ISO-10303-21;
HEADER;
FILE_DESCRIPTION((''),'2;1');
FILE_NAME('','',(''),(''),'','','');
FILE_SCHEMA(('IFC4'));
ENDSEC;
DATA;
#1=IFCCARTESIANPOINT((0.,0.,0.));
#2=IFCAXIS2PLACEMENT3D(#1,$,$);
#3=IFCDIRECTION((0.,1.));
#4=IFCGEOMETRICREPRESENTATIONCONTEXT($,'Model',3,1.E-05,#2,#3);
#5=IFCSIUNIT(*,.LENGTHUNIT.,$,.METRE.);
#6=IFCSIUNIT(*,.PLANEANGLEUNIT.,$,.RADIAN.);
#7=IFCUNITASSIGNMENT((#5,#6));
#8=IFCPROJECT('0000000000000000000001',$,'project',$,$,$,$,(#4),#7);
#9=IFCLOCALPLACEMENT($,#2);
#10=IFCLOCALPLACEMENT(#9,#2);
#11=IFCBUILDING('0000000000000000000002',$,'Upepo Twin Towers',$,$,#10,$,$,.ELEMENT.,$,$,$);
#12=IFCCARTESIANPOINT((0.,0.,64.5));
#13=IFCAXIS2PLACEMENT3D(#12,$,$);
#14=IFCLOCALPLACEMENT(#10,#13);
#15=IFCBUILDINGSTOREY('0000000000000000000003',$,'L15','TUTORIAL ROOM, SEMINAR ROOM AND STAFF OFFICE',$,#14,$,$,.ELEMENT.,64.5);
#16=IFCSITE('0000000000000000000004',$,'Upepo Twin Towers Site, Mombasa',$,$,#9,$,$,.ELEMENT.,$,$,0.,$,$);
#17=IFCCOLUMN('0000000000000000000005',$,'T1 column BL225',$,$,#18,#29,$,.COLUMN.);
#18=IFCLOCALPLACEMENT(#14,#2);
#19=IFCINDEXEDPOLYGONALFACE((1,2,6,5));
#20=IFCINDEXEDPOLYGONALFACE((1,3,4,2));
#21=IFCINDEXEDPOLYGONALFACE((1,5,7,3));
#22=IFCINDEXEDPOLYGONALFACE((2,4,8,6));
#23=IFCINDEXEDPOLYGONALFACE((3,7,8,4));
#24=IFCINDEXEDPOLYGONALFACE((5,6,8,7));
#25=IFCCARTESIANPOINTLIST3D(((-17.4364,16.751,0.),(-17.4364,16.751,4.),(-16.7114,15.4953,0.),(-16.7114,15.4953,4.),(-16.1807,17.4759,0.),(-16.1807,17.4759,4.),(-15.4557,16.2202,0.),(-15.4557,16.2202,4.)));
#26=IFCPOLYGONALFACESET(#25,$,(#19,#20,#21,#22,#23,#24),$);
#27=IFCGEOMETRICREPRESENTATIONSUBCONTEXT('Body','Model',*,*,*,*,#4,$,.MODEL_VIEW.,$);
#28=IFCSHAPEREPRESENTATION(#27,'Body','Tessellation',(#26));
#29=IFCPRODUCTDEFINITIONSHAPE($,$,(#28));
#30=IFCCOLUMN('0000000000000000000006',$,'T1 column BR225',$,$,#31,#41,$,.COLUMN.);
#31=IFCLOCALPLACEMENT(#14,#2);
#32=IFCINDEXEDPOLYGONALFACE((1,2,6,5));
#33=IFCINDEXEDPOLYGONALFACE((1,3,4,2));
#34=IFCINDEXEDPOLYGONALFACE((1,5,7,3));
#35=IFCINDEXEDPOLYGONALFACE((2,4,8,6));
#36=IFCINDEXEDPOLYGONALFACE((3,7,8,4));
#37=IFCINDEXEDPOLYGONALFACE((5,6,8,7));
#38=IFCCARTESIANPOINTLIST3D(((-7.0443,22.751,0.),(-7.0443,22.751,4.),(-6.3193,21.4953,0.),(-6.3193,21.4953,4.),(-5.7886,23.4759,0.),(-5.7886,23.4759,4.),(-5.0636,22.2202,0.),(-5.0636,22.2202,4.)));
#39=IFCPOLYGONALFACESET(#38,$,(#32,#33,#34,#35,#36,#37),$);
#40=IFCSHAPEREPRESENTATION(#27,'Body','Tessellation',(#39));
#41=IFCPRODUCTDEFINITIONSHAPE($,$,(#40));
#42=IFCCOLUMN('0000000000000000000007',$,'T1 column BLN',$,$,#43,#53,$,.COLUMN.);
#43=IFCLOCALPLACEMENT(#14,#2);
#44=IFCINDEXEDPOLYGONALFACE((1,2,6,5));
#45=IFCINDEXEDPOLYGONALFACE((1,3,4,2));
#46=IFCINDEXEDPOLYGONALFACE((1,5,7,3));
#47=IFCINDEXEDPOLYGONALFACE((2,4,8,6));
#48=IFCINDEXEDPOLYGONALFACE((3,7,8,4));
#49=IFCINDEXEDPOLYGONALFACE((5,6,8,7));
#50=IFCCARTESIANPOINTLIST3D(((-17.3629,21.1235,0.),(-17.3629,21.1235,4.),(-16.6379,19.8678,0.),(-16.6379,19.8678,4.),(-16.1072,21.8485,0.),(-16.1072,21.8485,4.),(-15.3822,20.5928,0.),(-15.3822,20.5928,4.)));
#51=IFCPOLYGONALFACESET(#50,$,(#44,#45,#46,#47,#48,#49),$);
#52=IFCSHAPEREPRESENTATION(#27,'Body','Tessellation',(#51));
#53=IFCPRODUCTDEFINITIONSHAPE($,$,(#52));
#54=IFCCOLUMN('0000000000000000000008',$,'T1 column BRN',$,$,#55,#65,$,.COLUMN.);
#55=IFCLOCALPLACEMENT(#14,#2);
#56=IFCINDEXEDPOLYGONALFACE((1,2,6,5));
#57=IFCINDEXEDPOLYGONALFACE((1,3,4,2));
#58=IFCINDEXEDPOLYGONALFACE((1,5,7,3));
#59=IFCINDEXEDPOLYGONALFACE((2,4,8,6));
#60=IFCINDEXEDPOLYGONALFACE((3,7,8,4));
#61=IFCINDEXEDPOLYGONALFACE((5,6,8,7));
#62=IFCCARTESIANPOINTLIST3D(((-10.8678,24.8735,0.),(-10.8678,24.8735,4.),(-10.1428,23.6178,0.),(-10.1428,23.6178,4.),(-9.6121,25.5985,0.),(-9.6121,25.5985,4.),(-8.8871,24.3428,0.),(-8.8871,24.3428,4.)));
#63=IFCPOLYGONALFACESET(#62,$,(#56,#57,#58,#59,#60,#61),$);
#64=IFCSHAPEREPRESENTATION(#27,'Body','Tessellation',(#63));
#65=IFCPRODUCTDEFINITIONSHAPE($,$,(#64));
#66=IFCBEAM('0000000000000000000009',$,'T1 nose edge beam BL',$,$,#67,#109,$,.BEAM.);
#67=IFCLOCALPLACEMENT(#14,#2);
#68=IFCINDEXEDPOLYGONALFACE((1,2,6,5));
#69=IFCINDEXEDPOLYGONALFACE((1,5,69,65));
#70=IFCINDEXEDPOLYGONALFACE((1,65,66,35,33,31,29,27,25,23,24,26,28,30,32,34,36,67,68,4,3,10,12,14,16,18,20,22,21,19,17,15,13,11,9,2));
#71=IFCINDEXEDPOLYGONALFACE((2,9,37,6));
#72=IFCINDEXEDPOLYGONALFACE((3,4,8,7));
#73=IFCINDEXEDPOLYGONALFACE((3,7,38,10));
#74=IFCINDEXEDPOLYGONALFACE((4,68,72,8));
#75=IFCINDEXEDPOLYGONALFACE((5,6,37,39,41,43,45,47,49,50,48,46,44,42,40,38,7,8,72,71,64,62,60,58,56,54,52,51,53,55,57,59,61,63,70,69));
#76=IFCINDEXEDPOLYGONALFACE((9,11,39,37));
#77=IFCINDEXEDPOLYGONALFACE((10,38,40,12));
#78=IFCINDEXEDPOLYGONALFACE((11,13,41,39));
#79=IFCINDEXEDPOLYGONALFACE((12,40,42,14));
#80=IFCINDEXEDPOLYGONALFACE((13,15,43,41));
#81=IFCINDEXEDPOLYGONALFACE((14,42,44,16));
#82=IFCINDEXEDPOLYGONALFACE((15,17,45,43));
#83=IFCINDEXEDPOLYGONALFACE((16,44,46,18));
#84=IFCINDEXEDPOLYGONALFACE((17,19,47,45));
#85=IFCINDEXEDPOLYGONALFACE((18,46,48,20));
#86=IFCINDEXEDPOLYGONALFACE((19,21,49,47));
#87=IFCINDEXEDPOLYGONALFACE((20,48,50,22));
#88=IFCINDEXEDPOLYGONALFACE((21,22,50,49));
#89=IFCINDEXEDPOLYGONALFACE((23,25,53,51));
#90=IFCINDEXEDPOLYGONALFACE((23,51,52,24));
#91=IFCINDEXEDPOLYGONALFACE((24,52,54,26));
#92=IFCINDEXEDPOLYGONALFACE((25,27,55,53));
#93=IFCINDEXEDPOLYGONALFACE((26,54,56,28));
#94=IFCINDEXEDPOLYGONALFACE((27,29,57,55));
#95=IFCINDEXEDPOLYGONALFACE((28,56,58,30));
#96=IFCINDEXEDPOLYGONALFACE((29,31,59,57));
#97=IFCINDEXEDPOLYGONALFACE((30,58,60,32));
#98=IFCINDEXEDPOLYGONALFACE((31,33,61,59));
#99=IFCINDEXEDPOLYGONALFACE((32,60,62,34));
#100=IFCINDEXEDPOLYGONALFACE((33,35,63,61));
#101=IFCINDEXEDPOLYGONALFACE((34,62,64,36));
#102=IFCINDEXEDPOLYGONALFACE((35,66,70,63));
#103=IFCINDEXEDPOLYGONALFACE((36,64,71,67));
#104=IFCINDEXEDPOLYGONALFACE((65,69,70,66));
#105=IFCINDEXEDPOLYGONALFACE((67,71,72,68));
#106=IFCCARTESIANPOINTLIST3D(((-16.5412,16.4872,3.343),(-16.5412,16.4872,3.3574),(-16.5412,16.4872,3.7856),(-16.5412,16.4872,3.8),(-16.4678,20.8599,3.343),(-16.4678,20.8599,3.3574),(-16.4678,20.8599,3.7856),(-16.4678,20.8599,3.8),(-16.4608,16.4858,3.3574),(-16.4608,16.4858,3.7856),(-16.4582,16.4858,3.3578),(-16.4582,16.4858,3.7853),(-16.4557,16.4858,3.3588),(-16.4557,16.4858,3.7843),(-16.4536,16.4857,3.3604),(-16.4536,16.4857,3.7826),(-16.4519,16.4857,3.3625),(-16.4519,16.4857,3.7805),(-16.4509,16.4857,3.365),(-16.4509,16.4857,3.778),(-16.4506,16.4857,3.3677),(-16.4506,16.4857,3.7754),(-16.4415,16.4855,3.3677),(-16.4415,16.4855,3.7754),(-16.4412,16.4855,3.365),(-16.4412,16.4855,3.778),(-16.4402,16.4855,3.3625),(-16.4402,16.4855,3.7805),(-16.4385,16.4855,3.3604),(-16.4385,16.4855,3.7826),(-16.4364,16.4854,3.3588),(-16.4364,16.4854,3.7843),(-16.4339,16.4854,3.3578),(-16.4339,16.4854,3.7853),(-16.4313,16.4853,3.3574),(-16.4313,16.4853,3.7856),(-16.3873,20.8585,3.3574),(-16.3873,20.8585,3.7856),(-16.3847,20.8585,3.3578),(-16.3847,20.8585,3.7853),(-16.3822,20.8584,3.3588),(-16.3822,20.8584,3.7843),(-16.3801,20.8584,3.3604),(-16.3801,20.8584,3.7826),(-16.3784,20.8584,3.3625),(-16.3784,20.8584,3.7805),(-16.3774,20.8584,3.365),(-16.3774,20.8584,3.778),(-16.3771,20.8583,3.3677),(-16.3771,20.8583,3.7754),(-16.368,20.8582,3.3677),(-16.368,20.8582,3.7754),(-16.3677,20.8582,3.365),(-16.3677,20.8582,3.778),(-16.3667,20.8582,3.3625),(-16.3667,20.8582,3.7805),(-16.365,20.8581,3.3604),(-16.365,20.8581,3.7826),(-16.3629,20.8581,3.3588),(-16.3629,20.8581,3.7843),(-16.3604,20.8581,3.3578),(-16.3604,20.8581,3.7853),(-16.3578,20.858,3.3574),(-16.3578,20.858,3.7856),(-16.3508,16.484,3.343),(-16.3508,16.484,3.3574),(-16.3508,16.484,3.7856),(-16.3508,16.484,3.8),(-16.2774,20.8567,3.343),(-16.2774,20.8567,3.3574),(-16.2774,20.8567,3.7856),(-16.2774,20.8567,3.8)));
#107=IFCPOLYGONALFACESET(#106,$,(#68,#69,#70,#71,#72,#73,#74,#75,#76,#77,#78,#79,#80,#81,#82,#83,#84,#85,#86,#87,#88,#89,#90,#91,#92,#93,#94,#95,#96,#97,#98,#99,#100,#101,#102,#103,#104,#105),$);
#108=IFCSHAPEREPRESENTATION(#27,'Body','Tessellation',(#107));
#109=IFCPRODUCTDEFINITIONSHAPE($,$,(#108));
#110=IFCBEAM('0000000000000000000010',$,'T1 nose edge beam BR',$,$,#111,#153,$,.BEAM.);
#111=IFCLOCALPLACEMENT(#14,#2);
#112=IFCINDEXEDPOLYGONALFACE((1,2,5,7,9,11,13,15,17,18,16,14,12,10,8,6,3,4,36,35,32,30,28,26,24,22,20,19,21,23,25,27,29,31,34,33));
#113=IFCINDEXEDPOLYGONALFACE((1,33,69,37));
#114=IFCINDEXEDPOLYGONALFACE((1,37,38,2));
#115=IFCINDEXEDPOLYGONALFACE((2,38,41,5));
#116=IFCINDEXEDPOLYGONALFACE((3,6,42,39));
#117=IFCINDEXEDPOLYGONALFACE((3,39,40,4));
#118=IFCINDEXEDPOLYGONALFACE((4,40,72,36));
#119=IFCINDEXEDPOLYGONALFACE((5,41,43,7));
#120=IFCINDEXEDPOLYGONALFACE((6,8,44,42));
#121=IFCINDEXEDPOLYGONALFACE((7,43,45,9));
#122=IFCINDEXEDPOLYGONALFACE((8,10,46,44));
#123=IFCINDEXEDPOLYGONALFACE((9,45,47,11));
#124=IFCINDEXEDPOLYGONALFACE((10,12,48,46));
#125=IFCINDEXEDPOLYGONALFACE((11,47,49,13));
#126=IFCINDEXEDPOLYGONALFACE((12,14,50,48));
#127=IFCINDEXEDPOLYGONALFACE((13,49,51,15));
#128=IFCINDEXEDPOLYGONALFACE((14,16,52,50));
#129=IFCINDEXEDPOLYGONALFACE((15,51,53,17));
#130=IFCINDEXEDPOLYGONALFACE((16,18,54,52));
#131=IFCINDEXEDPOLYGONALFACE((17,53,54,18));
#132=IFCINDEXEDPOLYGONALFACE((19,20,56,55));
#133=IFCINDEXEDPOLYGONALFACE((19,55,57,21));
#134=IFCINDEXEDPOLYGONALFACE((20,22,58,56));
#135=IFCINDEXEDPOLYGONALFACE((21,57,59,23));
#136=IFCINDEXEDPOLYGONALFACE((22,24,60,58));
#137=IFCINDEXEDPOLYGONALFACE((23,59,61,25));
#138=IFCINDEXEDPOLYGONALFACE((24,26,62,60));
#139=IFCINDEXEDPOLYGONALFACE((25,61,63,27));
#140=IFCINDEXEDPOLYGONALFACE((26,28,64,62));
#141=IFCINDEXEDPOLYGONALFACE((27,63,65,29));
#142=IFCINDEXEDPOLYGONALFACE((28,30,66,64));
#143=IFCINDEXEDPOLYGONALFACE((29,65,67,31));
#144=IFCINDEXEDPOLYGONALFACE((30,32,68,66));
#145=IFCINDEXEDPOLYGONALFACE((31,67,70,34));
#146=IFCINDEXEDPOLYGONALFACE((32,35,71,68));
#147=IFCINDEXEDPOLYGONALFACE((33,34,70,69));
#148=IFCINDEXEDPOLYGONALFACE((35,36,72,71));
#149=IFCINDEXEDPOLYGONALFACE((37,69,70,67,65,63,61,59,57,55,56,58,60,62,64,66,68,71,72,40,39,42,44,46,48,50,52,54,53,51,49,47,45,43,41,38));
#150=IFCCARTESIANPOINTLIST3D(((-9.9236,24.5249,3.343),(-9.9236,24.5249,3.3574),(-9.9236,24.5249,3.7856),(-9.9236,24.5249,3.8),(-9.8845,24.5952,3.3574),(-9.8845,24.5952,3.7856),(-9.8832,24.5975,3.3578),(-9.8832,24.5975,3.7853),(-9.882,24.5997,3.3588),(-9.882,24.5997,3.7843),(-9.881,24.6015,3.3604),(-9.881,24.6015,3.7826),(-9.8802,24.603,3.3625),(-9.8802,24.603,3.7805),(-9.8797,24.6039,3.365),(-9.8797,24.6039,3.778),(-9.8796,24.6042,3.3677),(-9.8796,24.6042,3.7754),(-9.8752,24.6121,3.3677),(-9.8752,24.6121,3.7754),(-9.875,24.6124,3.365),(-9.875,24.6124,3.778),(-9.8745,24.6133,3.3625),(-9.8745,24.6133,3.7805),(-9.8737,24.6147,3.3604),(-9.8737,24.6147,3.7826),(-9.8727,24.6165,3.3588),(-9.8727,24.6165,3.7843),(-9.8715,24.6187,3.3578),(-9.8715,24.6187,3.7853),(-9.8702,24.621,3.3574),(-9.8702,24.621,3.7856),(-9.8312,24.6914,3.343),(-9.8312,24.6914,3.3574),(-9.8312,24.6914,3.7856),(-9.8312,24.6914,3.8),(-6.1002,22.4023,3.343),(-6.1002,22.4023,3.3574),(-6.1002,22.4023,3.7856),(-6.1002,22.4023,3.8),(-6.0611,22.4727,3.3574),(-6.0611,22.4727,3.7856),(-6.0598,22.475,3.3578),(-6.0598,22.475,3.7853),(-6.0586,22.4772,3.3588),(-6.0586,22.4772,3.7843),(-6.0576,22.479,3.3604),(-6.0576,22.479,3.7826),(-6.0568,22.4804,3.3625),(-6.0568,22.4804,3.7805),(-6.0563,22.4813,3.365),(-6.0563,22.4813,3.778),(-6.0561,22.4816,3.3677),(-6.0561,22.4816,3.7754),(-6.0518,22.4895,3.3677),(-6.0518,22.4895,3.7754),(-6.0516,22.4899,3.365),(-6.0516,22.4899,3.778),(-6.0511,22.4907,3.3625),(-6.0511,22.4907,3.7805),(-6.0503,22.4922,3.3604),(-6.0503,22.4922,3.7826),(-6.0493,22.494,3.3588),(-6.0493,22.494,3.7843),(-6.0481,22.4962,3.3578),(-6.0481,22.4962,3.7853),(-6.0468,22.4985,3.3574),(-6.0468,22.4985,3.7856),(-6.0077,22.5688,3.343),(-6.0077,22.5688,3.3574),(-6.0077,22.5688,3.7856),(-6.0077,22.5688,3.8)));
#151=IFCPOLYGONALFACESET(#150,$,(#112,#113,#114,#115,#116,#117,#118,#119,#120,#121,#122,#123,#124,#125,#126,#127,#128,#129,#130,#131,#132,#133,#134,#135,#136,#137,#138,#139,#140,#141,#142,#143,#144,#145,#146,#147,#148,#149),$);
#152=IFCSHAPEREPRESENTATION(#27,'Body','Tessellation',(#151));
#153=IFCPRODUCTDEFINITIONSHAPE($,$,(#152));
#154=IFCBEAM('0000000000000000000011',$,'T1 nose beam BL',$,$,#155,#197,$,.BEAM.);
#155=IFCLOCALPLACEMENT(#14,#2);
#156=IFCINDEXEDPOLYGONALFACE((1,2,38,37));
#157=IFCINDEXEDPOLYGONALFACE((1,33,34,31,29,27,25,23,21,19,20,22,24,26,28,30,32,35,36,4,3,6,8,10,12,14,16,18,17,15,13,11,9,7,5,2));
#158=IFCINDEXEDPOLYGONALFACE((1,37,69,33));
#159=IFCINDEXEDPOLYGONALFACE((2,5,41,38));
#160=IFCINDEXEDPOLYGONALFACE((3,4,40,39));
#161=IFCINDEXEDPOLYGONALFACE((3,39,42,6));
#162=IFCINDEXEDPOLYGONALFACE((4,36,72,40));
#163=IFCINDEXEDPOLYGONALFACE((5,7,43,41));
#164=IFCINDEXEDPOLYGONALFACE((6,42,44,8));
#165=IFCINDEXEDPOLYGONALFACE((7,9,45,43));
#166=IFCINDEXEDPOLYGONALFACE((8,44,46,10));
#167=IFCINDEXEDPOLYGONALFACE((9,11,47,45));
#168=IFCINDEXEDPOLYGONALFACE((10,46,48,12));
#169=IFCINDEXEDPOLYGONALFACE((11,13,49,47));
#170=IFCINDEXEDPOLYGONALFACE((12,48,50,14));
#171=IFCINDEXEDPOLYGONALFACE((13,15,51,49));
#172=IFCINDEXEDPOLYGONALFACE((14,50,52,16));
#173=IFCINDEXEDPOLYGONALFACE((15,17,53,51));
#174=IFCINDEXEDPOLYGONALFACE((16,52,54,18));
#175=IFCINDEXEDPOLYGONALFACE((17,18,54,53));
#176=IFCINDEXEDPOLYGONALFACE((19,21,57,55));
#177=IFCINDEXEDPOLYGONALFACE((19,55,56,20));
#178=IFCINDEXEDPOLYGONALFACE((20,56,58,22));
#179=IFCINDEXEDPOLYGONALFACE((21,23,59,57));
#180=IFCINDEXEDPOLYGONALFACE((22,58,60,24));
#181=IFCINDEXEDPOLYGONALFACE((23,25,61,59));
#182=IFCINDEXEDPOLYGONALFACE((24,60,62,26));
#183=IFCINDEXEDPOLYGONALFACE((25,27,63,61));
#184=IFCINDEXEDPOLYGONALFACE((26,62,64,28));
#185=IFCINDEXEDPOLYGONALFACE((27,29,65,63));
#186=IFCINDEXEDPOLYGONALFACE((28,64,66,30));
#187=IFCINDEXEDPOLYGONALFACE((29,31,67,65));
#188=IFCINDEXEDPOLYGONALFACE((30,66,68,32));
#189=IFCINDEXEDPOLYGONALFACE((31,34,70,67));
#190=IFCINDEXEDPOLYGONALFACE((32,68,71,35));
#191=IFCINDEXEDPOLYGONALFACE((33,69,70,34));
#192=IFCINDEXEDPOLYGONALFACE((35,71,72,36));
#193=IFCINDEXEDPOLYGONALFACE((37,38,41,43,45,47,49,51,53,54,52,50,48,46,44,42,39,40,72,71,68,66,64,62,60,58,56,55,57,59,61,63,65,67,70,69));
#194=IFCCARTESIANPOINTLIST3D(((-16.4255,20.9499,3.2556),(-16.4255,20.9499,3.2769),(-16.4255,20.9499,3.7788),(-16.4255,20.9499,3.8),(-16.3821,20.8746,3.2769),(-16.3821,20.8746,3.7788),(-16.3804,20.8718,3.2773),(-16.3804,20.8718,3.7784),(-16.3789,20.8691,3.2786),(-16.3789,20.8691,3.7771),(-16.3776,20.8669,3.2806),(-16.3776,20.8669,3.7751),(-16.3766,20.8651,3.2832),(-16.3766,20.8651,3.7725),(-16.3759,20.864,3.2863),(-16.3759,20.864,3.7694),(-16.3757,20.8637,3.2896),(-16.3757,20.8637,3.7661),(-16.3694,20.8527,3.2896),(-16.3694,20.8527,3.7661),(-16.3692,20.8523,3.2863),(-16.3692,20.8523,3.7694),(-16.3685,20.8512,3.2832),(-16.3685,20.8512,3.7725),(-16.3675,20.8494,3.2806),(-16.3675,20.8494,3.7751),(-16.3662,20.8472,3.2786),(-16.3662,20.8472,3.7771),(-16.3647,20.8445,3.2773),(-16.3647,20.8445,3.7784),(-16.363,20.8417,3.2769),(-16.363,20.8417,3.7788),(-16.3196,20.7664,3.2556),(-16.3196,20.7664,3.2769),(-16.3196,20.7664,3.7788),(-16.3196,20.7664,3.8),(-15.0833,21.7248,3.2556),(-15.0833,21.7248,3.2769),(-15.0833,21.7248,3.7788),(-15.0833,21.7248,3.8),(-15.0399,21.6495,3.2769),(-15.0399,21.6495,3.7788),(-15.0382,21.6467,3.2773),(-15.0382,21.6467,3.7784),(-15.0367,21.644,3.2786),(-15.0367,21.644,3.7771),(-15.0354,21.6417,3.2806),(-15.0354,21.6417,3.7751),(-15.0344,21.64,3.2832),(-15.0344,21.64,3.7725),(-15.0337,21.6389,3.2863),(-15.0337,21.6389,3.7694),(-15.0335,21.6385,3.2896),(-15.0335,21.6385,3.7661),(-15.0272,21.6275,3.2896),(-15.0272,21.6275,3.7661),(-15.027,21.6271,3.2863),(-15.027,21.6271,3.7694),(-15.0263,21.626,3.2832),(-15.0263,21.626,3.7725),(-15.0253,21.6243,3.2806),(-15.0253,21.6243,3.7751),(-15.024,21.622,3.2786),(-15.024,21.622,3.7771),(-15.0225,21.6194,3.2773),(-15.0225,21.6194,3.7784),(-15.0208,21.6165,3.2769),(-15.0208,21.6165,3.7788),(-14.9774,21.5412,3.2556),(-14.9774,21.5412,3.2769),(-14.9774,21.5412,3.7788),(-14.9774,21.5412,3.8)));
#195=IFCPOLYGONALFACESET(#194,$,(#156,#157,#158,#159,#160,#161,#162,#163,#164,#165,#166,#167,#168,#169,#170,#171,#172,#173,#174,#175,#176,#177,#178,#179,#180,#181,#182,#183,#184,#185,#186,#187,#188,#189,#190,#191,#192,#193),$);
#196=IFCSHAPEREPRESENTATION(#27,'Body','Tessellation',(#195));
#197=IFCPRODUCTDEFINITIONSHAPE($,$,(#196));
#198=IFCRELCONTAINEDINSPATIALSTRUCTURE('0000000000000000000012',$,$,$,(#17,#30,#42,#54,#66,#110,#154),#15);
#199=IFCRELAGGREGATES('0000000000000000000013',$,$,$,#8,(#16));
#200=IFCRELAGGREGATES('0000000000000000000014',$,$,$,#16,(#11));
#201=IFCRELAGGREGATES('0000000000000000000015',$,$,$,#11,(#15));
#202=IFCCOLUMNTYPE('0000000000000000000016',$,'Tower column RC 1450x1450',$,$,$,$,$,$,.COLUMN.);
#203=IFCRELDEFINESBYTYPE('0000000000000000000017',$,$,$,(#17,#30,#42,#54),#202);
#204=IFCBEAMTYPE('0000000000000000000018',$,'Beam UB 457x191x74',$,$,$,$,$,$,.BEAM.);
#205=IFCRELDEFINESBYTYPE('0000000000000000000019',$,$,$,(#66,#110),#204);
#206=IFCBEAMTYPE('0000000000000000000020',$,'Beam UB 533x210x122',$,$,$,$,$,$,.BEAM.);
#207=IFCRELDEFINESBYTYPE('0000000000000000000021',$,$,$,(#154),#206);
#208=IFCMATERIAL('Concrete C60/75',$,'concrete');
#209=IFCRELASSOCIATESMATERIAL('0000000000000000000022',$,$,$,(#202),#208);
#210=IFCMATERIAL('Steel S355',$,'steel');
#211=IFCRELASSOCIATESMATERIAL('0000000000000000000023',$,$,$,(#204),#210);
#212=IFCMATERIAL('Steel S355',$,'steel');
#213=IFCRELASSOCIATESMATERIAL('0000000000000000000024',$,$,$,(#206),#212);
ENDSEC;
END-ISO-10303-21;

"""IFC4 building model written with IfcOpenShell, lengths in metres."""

from ifc_helpers import new_model, si_unit, direction, frame, origin, origin_2d, place, context, subcontext, project, spatial, rectangle, i_section, extrude, material, material_profile, profile_set, type_object, element, save


model = new_model("IFC4")

# Units and contexts
model_context = context("Model", 3, precision=1e-05, world=origin(), true_north=direction((0.0, 1.0)))
body_context = subcontext(model_context, "Body", "Model", "MODEL_VIEW")
ifc_project = project(units=[si_unit("LENGTHUNIT", "METRE"), si_unit("PLANEANGLEUNIT", "RADIAN")], contexts=[model_context])

# Site, building, storey
site_placement = place(None, origin())
site = spatial("IfcSite", under=ifc_project, at=site_placement, Name="Upepo Twin Towers Site, Mombasa", CompositionType="ELEMENT", RefElevation=0.0)
building_placement = place(site_placement, origin())
building = spatial("IfcBuilding", under=site, at=building_placement, Name="Upepo Twin Towers", CompositionType="ELEMENT")
storey_placement = place(building_placement, frame((0.0, 0.0, 64.5)))
storey = spatial("IfcBuildingStorey", under=building, at=storey_placement, Name="L15", Description="TUTORIAL ROOM, SEMINAR ROOM AND STAFF OFFICE", CompositionType="ELEMENT", Elevation=64.5)

# Columns
ifc_material_1 = material(Name="Concrete C60/75", Category="concrete")
ifc_material_profile_1 = material_profile(ifc_material_1, rectangle(XDim=1.45, YDim=1.45, at=origin_2d()), Name="RC 1450x1450")
ifc_profile_set_1 = profile_set([ifc_material_profile_1], Name="Concrete C60/75")
column_type = type_object("IfcColumnType", Name="Tower column RC 1450x1450", PredefinedType="COLUMN", material=ifc_profile_set_1)
for number, where, z_axis, x_axis, name in (
    (1, (-16.446, 16.4856, 0.0), (0.0, 0.0, 1.0), (0.866025, 0.5, 0.0), "T1 column BL225"),
    (2, (-6.054, 22.4856, 0.0), (0.0, 0.0, 1.0), (0.866025, 0.5, 0.0), "T1 column BR225"),
    (3, (-16.3726, 20.8582, 0.0), (0.0, 0.0, 1.0), (0.866025, 0.5, 0.0), "T1 column BLN"),
    (4, (-9.8774, 24.6082, 0.0), (0.0, 0.0, 1.0), (0.866025, 0.5, 0.0), "T1 column BRN"),
):
    element("IfcColumn", number, at=place(storey_placement, frame(where, z_axis=z_axis, x_axis=x_axis)), inside=storey, type_object=column_type, Name=name, PredefinedType="COLUMN", context=body_context, shape_type="SweptSolid", body=[
        extrude(rectangle(XDim=1.45, YDim=1.45, at=origin_2d()), origin(), (0.0, 0.0, 1.0), 4.0),
    ])

# Beams
ifc_material_2 = material(Name="Steel S355", Category="steel")
ifc_material_profile_2 = material_profile(ifc_material_2, i_section(OverallWidth=0.1904, OverallDepth=0.457, WebThickness=0.009, FlangeThickness=0.0144, FilletRadius=0.0103, at=origin_2d()), Name="UB 457x191x74")
ifc_profile_set_2 = profile_set([ifc_material_profile_2], Name="Steel S355")
beam_type_1 = type_object("IfcBeamType", Name="Beam UB 457x191x74", PredefinedType="BEAM", material=ifc_profile_set_2)
beam_1_placement = place(storey_placement, frame((-16.446, 16.4856, 3.5715), z_axis=(0.016804, 0.999859, 0.0), x_axis=(-0.999859, 0.016804, 0.0)))
element("IfcBeam", 5, at=beam_1_placement, inside=storey, type_object=beam_type_1, Name="T1 nose edge beam BL", PredefinedType="BEAM", context=body_context, shape_type="SweptSolid", body=[
    extrude(i_section(OverallWidth=0.1904, OverallDepth=0.457, WebThickness=0.009, FlangeThickness=0.0144, FilletRadius=0.0103, at=origin_2d()), origin(), (0.0, 0.0, 1.0), 4.3733),
])
beam_2_placement = place(storey_placement, frame((-6.054, 22.4856, 3.5715), z_axis=(-0.874313, 0.485363, 0.0), x_axis=(-0.485363, -0.874313, 0.0)))
element("IfcBeam", 6, at=beam_2_placement, inside=storey, type_object=beam_type_1, Name="T1 nose edge beam BR", PredefinedType="BEAM", context=body_context, shape_type="SweptSolid", body=[
    extrude(i_section(OverallWidth=0.1904, OverallDepth=0.457, WebThickness=0.009, FlangeThickness=0.0144, FilletRadius=0.0103, at=origin_2d()), origin(), (0.0, 0.0, 1.0), 4.373),
])
ifc_material_3 = material(Name="Steel S355", Category="steel")
ifc_material_profile_3 = material_profile(ifc_material_3, i_section(OverallWidth=0.2119, OverallDepth=0.5444, WebThickness=0.0127, FlangeThickness=0.0212, FilletRadius=0.0127, at=origin_2d()), Name="UB 533x210x122")
ifc_profile_set_3 = profile_set([ifc_material_profile_3], Name="Steel S355")
beam_type_2 = type_object("IfcBeamType", Name="Beam UB 533x210x122", PredefinedType="BEAM", material=ifc_profile_set_3)
for number, where, z_axis, x_axis, name in (
    (7, (-16.3726, 20.8582, 3.5278), (0.866044, 0.499968, 0.0), (-0.499968, 0.866044, 0.0), "T1 nose beam BL"),
):
    element("IfcBeam", number, at=place(storey_placement, frame(where, z_axis=z_axis, x_axis=x_axis)), inside=storey, type_object=beam_type_2, Name=name, PredefinedType="BEAM", context=body_context, shape_type="SweptSolid", body=[
        extrude(i_section(OverallWidth=0.2119, OverallDepth=0.5444, WebThickness=0.0127, FlangeThickness=0.0212, FilletRadius=0.0127, at=origin_2d()), origin(), (0.0, 0.0, 1.0), 1.5498),
    ])

save(model, "model.ifc")
